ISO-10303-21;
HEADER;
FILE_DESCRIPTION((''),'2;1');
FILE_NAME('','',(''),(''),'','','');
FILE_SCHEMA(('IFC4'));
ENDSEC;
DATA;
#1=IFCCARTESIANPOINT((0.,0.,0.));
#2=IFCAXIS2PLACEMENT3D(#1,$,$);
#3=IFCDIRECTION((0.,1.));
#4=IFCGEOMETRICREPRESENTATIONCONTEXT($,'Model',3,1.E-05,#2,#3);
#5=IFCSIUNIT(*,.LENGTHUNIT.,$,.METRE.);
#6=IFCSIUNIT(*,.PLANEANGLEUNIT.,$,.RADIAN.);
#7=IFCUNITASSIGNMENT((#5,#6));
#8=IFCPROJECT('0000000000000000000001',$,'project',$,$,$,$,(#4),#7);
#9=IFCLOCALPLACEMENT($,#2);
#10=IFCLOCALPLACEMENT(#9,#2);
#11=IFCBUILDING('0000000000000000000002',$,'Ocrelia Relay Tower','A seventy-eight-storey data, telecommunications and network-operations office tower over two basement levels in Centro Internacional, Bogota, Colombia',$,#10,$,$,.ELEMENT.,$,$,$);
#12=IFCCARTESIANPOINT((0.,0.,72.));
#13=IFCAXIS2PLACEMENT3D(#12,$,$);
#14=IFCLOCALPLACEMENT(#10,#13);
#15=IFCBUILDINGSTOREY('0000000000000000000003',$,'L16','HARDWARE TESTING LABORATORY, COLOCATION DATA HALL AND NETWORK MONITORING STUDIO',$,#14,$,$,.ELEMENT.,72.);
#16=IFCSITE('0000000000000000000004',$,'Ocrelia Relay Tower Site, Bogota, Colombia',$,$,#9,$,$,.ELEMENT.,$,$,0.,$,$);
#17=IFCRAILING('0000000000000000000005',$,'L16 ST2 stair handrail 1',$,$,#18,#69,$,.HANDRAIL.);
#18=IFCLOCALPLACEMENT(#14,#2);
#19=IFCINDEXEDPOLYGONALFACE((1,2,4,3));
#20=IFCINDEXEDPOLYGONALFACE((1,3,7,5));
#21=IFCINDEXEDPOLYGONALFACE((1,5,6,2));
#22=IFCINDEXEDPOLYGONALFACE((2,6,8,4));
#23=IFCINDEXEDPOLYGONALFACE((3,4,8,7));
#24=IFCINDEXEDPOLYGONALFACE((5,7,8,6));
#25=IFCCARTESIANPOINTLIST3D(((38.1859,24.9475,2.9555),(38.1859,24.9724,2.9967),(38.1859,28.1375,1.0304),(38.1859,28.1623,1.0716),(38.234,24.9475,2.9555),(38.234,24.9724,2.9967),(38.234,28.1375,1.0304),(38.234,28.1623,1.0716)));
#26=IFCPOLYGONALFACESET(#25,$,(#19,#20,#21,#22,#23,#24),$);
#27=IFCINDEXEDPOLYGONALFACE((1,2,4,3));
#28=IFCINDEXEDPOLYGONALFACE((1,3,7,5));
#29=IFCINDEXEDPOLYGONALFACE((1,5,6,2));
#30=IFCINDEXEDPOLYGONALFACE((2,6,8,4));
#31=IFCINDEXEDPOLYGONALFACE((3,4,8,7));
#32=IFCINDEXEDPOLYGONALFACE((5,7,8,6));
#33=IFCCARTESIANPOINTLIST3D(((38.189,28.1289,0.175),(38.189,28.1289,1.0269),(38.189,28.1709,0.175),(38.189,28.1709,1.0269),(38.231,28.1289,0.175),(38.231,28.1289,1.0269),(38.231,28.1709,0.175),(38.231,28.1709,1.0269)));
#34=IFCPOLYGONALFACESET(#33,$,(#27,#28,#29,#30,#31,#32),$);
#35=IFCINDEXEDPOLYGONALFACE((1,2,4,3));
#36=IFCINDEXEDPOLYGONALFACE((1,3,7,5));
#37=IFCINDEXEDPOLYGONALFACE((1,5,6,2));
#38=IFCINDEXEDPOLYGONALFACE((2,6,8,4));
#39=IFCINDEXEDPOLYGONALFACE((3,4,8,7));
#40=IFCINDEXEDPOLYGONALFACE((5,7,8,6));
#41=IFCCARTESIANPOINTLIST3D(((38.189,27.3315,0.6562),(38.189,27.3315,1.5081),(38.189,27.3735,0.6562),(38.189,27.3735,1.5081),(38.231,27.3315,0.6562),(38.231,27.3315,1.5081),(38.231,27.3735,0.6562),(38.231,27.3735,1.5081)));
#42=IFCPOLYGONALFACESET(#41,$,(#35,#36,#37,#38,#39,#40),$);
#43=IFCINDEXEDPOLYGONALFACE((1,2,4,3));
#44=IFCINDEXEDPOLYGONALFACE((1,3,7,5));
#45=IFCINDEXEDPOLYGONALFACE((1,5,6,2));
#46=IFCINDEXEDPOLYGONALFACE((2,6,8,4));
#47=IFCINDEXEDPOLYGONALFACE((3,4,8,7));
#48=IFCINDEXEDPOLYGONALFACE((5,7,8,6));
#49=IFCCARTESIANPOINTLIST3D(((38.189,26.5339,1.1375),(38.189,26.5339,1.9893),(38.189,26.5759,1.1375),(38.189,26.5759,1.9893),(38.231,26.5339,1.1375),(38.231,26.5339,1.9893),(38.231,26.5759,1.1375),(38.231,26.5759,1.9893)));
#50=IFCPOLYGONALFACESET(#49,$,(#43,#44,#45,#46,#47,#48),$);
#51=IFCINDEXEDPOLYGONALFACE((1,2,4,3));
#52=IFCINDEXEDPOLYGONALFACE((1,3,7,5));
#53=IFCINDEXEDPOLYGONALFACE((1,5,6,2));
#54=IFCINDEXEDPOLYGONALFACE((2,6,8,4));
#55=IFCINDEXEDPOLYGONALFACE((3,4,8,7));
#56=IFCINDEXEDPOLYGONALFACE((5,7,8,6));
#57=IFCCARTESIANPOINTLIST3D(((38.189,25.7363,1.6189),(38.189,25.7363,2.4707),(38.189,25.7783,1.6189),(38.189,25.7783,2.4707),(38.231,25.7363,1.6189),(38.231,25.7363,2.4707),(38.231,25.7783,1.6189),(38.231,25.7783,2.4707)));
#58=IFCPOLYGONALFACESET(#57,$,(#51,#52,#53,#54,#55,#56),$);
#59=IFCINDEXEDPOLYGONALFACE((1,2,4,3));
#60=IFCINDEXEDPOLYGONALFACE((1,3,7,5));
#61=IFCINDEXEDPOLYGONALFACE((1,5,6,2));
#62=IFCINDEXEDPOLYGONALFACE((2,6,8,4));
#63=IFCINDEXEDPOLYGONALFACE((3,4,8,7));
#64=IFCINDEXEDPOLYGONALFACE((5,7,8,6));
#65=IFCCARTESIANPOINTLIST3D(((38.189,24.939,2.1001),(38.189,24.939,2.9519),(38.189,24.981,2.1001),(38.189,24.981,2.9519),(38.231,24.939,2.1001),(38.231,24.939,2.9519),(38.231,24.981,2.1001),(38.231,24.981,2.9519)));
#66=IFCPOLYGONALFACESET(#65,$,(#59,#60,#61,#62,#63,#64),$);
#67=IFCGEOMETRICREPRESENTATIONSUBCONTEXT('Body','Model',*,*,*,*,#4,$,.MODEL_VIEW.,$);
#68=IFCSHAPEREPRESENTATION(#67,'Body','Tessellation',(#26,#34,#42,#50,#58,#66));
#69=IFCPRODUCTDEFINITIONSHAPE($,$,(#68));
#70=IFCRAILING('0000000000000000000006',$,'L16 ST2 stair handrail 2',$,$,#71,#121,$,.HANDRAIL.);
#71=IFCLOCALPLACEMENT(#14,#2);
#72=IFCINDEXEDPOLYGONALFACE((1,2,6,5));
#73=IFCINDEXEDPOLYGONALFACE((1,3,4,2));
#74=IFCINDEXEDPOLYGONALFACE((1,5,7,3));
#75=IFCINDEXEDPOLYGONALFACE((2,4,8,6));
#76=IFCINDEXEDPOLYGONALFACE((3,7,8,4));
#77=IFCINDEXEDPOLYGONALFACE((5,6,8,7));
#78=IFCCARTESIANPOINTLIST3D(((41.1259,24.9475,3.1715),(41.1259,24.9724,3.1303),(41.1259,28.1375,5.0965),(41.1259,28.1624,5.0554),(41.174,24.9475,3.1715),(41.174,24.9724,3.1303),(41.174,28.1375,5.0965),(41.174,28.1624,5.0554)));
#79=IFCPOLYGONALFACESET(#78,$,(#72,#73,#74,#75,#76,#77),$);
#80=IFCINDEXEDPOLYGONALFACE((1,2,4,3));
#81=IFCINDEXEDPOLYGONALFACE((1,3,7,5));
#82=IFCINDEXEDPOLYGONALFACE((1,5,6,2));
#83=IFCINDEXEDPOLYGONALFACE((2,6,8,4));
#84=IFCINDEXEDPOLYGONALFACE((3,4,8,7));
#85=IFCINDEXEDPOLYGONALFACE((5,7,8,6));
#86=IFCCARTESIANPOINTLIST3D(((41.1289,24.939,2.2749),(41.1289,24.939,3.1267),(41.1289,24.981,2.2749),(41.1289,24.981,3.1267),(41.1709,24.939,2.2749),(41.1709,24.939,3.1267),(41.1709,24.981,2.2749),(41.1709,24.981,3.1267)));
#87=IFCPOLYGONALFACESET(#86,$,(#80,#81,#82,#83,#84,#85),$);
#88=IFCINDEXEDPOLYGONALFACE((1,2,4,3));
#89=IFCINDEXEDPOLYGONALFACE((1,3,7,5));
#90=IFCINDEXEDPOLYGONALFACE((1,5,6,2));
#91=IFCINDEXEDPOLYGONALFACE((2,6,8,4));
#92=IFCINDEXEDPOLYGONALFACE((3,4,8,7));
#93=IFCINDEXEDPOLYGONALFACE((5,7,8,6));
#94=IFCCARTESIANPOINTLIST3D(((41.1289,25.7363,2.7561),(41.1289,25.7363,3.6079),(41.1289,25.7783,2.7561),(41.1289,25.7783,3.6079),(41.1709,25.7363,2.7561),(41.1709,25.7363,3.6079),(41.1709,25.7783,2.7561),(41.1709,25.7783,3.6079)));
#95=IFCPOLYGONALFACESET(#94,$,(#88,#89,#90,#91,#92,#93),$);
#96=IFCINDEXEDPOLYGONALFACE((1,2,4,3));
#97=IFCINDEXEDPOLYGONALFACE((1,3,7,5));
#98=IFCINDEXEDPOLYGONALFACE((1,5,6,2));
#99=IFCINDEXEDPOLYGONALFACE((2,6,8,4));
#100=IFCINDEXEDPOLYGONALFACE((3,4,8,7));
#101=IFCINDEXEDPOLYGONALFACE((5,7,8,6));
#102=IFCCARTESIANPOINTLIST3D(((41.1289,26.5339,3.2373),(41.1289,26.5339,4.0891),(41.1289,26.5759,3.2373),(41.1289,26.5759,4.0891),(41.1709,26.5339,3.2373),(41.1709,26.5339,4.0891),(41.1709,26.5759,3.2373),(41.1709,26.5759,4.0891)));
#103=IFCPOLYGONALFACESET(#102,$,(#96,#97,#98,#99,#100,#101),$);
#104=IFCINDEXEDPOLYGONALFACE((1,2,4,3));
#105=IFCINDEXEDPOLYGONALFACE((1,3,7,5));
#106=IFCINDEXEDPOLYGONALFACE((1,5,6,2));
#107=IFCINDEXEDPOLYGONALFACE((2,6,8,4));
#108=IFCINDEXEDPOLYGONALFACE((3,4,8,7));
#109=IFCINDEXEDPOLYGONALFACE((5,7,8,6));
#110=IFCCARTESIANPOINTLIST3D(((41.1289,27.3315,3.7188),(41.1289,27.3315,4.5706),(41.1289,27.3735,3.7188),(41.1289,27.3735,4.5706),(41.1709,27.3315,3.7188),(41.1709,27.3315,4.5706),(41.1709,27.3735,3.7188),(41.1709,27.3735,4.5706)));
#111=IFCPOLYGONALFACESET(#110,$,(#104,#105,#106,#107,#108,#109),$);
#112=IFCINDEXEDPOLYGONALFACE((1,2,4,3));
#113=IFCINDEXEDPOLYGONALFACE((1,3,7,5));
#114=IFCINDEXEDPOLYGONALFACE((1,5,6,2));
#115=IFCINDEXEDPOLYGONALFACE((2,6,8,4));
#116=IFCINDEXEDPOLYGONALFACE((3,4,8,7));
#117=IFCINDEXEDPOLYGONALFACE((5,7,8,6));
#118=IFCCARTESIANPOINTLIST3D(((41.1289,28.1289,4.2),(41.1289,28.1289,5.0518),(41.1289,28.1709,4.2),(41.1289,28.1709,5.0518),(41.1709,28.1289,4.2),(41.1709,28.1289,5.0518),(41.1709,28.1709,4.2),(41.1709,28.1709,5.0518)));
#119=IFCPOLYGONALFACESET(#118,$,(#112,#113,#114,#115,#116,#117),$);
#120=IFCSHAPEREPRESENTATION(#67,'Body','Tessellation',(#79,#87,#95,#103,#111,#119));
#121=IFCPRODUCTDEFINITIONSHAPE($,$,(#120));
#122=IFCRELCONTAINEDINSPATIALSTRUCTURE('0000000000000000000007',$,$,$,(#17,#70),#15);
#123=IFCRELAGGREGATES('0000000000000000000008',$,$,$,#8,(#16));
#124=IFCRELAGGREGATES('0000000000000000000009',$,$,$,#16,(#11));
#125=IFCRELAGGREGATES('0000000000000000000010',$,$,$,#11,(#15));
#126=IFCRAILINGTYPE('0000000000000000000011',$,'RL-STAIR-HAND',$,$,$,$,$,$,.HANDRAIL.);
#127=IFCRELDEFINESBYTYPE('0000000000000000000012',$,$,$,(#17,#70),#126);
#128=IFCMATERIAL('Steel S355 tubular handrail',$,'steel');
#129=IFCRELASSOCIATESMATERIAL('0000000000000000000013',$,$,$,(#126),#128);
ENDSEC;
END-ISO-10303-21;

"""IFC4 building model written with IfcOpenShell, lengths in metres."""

from ifc_helpers import new_model, si_unit, direction, frame, origin, origin_2d, place, context, subcontext, project, spatial, rectangle, extrude, material, type_object, element, save


model = new_model("IFC4")

# Units and contexts
model_context = context("Model", 3, precision=1e-05, world=origin(), true_north=direction((0.0, 1.0)))
body_context = subcontext(model_context, "Body", "Model", "MODEL_VIEW")
ifc_project = project(units=[si_unit("LENGTHUNIT", "METRE"), si_unit("PLANEANGLEUNIT", "RADIAN")], contexts=[model_context])

# Site, building, storey
site_placement = place(None, origin())
site = spatial("IfcSite", under=ifc_project, at=site_placement, Name="Ocrelia Relay Tower Site, Bogota, Colombia", CompositionType="ELEMENT", RefElevation=0.0)
building_placement = place(site_placement, origin())
building = spatial("IfcBuilding", under=site, at=building_placement, Name="Ocrelia Relay Tower", Description="A seventy-eight-storey data, telecommunications and network-operations office tower over two basement levels in Centro Internacional, Bogota, Colombia", CompositionType="ELEMENT")
storey_placement = place(building_placement, frame((0.0, 0.0, 72.0)))
storey = spatial("IfcBuildingStorey", under=building, at=storey_placement, Name="L16", Description="HARDWARE TESTING LABORATORY, COLOCATION DATA HALL AND NETWORK MONITORING STUDIO", CompositionType="ELEMENT", Elevation=72.0)

# Railings
ifc_material_1 = material(Name="Steel S355 tubular handrail", Category="steel")
railing_type_1 = type_object("IfcRailingType", Name="RL-STAIR-HAND", PredefinedType="HANDRAIL", material=ifc_material_1)
railing_1_placement = place(storey_placement, frame((38.21, 28.1499, 0.175)))
element("IfcRailing", 1, at=railing_1_placement, inside=storey, type_object=railing_type_1, Name="L16 ST2 stair handrail 1", PredefinedType="HANDRAIL", context=body_context, shape_type="SweptSolid", body=[
    extrude(rectangle(XDim=0.0481, YDim=0.0481, at=origin_2d()), frame((0.0, 0.0, 0.876), z_axis=(0.0, -0.856178, 0.516682), x_axis=(1.0, 0.0, 0.0)), (0.0, 0.0, 1.0), 3.7258),
    extrude(rectangle(XDim=0.042, YDim=0.042, at=origin_2d()), origin(), (0.0, 0.0, 1.0), 0.8518),
    extrude(rectangle(XDim=0.042, YDim=0.042, at=origin_2d()), frame((0.0, -0.7974, 0.4812)), (0.0, 0.0, 1.0), 0.8518),
    extrude(rectangle(XDim=0.042, YDim=0.042, at=origin_2d()), frame((0.0, -1.595, 0.9624)), (0.0, 0.0, 1.0), 0.8518),
    extrude(rectangle(XDim=0.042, YDim=0.042, at=origin_2d()), frame((0.0, -2.3926, 1.4438)), (0.0, 0.0, 1.0), 0.8518),
    extrude(rectangle(XDim=0.042, YDim=0.042, at=origin_2d()), frame((0.0, -3.1899, 1.925)), (0.0, 0.0, 1.0), 0.8518),
])
railing_2_placement = place(storey_placement, frame((41.1499, 24.96, 2.2749)))
element("IfcRailing", 2, at=railing_2_placement, inside=storey, type_object=railing_type_1, Name="L16 ST2 stair handrail 2", PredefinedType="HANDRAIL", context=body_context, shape_type="SweptSolid", body=[
    extrude(rectangle(XDim=0.0481, YDim=0.0481, at=origin_2d()), frame((0.0, 0.0, 0.876), z_axis=(0.0, 0.856178, 0.516682), x_axis=(-1.0, 0.0, 0.0)), (0.0, 0.0, 1.0), 3.7258),
    extrude(rectangle(XDim=0.042, YDim=0.042, at=origin_2d()), origin(), (0.0, 0.0, 1.0), 0.8518),
    extrude(rectangle(XDim=0.042, YDim=0.042, at=origin_2d()), frame((0.0, 0.7974, 0.4812)), (0.0, 0.0, 1.0), 0.8518),
    extrude(rectangle(XDim=0.042, YDim=0.042, at=origin_2d()), frame((0.0, 1.595, 0.9624)), (0.0, 0.0, 1.0), 0.8518),
    extrude(rectangle(XDim=0.042, YDim=0.042, at=origin_2d()), frame((0.0, 2.3926, 1.4438)), (0.0, 0.0, 1.0), 0.8518),
    extrude(rectangle(XDim=0.042, YDim=0.042, at=origin_2d()), frame((0.0, 3.1899, 1.925)), (0.0, 0.0, 1.0), 0.8518),
])

save(model, "model.ifc")
